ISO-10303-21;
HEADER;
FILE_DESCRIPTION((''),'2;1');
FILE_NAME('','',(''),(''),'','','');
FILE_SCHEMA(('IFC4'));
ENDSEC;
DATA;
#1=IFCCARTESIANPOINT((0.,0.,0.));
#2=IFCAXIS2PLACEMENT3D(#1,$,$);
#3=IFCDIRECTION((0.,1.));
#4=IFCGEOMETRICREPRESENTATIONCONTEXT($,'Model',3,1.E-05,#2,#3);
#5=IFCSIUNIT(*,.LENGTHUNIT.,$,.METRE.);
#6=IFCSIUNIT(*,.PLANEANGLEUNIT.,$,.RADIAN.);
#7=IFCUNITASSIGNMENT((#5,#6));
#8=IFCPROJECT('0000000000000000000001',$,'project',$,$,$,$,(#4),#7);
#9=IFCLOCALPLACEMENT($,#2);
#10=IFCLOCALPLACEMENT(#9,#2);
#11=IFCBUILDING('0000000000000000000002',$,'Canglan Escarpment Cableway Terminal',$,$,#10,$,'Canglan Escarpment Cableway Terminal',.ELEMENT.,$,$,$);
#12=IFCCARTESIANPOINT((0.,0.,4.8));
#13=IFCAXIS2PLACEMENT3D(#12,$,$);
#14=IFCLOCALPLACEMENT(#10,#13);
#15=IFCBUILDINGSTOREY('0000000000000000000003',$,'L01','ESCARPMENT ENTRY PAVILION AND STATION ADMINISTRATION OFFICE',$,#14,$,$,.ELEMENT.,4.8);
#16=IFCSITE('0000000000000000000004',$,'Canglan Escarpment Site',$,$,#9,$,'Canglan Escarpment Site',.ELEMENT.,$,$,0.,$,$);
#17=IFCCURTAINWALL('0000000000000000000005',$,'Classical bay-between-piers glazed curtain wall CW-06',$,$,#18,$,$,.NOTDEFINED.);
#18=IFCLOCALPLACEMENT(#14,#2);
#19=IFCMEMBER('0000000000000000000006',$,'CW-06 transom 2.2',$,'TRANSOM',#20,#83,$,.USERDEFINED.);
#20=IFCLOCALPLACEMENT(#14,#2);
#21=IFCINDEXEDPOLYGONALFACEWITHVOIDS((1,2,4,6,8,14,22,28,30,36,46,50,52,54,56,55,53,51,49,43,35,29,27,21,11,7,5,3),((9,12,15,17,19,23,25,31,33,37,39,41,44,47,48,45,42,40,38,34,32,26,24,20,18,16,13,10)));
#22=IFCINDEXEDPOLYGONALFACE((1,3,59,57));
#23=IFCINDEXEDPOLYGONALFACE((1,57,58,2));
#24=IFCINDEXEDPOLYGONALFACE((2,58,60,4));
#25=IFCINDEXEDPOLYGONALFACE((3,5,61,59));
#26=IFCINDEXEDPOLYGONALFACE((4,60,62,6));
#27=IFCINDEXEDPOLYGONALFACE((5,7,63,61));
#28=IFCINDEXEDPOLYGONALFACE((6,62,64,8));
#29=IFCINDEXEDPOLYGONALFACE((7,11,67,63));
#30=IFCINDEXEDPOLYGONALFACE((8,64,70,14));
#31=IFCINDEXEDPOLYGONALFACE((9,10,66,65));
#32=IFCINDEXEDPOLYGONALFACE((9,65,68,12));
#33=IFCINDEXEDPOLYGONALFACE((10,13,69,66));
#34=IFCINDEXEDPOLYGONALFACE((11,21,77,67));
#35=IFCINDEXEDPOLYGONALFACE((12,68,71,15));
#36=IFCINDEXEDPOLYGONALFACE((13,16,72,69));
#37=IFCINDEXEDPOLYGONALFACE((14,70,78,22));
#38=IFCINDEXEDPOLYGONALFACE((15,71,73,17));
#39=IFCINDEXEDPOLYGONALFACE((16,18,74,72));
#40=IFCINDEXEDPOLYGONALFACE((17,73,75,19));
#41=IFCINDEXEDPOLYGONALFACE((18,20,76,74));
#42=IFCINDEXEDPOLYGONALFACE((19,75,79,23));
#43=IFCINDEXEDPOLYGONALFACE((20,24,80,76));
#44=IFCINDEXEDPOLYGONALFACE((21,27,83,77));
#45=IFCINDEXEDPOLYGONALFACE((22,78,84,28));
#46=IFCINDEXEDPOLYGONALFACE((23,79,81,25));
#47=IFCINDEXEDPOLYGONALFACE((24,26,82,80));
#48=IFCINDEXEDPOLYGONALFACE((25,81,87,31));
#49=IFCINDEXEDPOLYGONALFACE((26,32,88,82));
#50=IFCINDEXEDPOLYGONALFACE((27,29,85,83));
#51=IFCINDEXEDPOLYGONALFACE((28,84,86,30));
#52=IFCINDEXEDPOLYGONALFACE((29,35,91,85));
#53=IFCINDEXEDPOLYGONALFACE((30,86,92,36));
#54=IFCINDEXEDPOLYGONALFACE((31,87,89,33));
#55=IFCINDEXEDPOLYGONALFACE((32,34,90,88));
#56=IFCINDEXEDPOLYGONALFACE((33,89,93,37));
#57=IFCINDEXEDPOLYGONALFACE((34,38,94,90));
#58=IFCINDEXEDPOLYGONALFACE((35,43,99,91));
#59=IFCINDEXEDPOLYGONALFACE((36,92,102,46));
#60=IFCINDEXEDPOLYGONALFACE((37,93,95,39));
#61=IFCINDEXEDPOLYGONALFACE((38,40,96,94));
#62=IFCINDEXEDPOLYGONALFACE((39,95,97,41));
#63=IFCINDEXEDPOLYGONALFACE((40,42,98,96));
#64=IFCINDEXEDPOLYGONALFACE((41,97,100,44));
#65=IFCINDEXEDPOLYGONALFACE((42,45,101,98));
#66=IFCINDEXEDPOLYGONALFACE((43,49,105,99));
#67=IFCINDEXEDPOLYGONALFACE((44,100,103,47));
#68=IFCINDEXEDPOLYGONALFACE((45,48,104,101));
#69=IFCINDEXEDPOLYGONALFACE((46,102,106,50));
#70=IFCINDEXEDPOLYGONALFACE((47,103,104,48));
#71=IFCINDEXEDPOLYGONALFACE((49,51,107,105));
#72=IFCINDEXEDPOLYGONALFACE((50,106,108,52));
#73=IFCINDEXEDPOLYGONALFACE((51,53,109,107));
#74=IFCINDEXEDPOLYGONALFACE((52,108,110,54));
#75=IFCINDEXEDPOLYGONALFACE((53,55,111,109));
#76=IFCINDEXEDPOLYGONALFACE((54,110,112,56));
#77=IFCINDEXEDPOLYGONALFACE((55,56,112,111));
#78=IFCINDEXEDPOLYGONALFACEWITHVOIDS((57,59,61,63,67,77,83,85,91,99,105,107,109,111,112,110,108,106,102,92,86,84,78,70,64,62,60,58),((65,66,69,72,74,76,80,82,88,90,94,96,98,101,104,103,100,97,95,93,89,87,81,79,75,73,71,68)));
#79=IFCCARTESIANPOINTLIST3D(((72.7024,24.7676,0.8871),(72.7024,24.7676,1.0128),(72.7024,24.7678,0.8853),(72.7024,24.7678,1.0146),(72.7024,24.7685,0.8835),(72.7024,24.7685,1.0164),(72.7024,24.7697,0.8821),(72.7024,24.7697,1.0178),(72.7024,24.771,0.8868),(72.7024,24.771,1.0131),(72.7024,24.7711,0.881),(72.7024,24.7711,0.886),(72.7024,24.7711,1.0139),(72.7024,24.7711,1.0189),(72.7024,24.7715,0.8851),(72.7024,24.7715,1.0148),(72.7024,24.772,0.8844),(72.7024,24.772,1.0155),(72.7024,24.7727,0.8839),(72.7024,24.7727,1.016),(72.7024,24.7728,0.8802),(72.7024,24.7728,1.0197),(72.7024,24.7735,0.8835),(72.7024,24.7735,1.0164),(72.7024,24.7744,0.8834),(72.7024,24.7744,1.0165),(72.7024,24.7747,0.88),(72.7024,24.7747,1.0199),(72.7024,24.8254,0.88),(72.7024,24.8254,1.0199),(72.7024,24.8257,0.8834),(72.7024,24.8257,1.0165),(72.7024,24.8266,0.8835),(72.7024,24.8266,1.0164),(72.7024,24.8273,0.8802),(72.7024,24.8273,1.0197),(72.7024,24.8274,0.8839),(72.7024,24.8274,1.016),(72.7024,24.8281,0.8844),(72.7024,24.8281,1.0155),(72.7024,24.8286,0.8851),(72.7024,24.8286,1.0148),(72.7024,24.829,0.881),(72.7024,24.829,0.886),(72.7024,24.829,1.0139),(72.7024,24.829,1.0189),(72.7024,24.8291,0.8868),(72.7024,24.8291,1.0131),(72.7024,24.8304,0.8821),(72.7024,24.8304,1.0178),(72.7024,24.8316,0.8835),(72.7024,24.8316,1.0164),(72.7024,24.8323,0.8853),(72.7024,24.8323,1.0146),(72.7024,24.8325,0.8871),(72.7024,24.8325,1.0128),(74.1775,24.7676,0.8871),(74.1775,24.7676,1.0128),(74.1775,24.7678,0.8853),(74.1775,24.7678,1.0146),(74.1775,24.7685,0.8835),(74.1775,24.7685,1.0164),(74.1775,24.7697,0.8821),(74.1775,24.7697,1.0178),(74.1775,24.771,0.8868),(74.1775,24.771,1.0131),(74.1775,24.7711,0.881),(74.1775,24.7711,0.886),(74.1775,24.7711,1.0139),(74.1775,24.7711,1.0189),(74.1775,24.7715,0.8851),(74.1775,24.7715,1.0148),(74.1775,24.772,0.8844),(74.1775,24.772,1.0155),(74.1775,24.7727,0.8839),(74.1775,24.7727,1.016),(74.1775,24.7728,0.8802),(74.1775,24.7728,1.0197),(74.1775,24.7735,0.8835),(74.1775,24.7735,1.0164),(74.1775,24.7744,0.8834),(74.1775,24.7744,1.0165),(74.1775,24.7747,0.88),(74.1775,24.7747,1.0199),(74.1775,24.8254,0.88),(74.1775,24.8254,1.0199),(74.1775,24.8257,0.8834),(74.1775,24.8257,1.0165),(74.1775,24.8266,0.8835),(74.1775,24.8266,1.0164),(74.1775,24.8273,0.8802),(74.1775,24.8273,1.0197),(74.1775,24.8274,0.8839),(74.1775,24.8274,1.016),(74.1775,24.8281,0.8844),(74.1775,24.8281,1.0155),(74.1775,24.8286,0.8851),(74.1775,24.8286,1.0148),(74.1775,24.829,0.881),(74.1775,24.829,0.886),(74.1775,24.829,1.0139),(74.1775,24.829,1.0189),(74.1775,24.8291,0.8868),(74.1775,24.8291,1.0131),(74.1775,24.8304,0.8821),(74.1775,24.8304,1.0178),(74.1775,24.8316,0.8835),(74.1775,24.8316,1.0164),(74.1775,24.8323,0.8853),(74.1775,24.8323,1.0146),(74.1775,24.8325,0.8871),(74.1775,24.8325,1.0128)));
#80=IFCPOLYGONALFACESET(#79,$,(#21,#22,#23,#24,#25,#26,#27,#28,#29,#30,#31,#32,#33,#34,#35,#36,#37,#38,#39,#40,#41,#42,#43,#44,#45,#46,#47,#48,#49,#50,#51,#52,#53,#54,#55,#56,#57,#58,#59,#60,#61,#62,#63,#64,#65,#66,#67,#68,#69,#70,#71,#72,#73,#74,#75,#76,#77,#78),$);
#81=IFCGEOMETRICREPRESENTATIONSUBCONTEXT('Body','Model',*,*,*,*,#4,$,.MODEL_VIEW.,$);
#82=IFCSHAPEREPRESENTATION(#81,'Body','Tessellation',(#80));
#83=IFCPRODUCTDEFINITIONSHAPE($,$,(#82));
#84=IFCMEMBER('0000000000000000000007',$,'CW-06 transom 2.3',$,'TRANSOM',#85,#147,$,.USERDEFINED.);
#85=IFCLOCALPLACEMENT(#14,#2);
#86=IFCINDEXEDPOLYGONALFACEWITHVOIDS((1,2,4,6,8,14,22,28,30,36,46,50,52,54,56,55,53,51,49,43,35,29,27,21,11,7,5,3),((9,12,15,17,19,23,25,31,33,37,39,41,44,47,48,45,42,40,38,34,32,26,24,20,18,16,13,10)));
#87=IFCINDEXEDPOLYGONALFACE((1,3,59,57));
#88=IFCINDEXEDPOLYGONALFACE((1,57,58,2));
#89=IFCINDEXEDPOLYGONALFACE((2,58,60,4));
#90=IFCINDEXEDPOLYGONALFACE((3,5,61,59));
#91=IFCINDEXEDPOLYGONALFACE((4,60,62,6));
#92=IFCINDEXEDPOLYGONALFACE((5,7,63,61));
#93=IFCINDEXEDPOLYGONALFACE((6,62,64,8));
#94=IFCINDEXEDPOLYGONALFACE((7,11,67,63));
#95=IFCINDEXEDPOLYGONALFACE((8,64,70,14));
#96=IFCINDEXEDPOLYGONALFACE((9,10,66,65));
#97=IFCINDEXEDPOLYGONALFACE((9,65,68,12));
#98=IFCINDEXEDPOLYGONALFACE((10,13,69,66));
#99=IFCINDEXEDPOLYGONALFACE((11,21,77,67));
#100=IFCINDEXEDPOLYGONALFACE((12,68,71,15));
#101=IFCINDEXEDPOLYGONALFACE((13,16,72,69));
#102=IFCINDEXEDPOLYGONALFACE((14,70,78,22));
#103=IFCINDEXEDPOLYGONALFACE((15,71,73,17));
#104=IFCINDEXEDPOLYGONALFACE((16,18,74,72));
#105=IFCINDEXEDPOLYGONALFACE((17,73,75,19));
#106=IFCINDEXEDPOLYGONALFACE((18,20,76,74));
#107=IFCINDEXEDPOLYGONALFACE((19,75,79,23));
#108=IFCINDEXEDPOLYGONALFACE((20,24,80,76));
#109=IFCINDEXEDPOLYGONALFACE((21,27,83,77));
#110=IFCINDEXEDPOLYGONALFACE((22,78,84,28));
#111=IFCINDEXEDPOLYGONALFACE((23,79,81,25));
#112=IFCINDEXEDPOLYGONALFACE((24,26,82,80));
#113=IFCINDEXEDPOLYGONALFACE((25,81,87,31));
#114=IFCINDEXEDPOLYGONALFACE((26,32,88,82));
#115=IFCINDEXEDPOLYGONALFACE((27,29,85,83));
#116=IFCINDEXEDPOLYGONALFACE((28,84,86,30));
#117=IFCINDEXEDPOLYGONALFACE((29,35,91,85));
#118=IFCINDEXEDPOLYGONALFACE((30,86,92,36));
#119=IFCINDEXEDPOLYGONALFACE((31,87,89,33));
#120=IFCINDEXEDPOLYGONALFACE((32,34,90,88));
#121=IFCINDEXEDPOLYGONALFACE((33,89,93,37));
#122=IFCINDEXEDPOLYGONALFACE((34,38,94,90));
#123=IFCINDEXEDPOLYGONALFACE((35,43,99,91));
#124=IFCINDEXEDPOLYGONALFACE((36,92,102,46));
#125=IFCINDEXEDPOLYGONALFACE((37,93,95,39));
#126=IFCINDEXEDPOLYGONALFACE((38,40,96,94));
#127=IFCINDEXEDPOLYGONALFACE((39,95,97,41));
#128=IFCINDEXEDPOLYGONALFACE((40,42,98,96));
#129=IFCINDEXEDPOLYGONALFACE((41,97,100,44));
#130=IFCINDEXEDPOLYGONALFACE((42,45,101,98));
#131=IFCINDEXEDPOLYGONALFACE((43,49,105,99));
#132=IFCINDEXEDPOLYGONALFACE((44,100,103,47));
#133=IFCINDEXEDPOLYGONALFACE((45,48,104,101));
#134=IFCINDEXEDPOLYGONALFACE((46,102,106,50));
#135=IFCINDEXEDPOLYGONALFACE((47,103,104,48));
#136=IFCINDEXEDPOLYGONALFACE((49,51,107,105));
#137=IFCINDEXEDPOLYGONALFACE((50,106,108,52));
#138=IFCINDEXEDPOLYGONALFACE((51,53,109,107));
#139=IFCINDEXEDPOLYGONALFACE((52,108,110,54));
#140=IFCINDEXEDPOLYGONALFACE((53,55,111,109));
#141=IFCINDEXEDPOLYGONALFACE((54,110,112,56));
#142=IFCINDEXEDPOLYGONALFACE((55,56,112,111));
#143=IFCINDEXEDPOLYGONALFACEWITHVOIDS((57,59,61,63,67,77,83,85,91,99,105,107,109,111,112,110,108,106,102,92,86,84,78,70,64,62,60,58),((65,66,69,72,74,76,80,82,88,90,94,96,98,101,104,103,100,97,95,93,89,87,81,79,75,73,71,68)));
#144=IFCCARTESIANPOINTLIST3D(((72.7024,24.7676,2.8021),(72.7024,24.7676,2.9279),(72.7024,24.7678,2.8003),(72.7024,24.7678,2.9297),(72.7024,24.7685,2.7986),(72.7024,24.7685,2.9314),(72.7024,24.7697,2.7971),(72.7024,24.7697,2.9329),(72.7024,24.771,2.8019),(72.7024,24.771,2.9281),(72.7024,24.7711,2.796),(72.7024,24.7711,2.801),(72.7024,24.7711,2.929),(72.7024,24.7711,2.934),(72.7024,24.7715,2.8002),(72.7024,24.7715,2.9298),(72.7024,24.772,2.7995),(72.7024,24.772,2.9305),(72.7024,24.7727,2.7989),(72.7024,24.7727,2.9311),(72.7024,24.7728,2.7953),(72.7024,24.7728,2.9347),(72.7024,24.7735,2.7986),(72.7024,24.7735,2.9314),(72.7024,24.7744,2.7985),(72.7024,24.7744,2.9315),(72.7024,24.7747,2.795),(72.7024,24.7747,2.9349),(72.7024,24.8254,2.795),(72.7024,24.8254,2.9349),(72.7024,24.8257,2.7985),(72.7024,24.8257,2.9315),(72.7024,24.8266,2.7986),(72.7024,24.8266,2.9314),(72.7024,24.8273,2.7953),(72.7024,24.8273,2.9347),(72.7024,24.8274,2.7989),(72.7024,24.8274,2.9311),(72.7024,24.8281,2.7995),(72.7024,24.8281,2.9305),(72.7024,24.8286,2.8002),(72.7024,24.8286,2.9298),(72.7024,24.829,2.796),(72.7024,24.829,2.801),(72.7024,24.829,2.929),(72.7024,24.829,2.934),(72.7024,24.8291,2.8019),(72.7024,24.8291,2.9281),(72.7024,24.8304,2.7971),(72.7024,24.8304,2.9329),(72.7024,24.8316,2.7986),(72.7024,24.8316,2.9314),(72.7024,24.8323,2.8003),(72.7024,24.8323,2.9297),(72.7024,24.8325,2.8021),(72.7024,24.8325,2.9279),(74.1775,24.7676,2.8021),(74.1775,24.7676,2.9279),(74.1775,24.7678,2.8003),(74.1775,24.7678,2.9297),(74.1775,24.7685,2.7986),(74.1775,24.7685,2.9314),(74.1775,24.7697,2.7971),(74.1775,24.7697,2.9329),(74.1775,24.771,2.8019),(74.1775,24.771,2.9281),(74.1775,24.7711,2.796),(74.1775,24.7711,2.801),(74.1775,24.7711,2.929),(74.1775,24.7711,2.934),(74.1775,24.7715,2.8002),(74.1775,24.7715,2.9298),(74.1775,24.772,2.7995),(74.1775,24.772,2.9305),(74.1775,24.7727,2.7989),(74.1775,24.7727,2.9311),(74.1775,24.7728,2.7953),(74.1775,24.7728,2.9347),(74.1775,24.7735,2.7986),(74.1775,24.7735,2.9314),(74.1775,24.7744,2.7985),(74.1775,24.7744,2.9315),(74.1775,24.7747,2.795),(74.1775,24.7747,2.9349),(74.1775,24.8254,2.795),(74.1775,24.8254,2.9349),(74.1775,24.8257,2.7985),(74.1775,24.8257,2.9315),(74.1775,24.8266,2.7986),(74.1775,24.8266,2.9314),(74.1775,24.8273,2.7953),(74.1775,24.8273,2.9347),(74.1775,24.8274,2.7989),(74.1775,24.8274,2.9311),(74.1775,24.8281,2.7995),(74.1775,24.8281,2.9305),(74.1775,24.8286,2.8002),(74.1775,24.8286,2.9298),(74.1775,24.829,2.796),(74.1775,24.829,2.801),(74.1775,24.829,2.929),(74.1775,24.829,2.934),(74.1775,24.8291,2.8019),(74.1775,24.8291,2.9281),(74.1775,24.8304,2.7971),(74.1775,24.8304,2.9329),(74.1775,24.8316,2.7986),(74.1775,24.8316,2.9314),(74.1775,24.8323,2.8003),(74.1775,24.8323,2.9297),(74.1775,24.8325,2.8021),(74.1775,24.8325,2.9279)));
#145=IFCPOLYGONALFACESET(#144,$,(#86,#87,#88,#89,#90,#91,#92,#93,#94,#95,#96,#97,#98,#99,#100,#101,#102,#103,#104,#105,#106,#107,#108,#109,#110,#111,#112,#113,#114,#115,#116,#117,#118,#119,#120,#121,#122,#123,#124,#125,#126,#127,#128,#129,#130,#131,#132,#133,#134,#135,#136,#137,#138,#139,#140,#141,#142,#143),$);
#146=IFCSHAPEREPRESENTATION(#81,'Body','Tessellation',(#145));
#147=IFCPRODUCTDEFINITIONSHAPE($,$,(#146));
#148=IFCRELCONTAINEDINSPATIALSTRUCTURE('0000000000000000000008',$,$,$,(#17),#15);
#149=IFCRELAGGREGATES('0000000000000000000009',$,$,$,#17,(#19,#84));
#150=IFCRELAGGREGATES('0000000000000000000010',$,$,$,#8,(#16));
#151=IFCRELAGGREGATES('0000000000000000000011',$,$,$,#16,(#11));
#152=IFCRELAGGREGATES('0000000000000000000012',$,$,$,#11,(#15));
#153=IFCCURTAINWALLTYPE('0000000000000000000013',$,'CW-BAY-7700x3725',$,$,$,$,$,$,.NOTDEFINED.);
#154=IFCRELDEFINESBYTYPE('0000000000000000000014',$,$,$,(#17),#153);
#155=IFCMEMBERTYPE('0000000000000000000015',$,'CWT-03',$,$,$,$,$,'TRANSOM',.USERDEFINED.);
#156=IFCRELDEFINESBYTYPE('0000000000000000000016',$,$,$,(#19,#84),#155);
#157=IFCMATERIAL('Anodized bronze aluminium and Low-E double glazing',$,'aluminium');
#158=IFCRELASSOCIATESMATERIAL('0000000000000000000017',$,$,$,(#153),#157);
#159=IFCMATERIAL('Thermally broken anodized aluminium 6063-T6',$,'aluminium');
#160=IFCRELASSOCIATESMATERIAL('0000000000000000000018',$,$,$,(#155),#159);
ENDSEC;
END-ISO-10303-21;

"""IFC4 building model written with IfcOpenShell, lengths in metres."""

from ifc_helpers import new_model, si_unit, direction, frame, origin, origin_2d, place, context, subcontext, project, spatial, hollow_rectangle, extrude, material, material_profile, profile_set, type_object, element, aggregate, save


model = new_model("IFC4")

# Units and contexts
model_context = context("Model", 3, precision=1e-05, world=origin(), true_north=direction((0.0, 1.0)))
body_context = subcontext(model_context, "Body", "Model", "MODEL_VIEW")
ifc_project = project(units=[si_unit("LENGTHUNIT", "METRE"), si_unit("PLANEANGLEUNIT", "RADIAN")], contexts=[model_context])

# Site, building, storey
site_placement = place(None, origin())
site = spatial("IfcSite", under=ifc_project, at=site_placement, Name="Canglan Escarpment Site", LongName="Canglan Escarpment Site", CompositionType="ELEMENT", RefElevation=0.0)
building_placement = place(site_placement, origin())
building = spatial("IfcBuilding", under=site, at=building_placement, Name="Canglan Escarpment Cableway Terminal", LongName="Canglan Escarpment Cableway Terminal", CompositionType="ELEMENT")
storey_placement = place(building_placement, frame((0.0, 0.0, 4.8)))
storey = spatial("IfcBuildingStorey", under=building, at=storey_placement, Name="L01", Description="ESCARPMENT ENTRY PAVILION AND STATION ADMINISTRATION OFFICE", CompositionType="ELEMENT", Elevation=4.8)

# Curtain wall, members
ifc_material_1 = material(Name="Anodized bronze aluminium and Low-E double glazing", Category="aluminium")
curtain_wall_type = type_object("IfcCurtainWallType", Name="CW-BAY-7700x3725", PredefinedType="NOTDEFINED", material=ifc_material_1)
curtain_wall_placement = place(storey_placement, origin())
curtain_wall = element("IfcCurtainWall", 1, at=curtain_wall_placement, inside=storey, type_object=curtain_wall_type, Name="Classical bay-between-piers glazed curtain wall CW-06", PredefinedType="NOTDEFINED")
ifc_material_2 = material(Name="Thermally broken anodized aluminium 6063-T6", Category="aluminium")
ifc_material_profile_1 = material_profile(ifc_material_2, hollow_rectangle(XDim=0.0649, YDim=0.1399, WallThickness=0.0034, InnerFilletRadius=0.0034, OuterFilletRadius=0.0071, at=origin_2d()), Name="ALU-TRAN 65x140x3.5")
ifc_profile_set_1 = profile_set([ifc_material_profile_1], Name="Thermally broken anodized aluminium 6063-T6")
member_type_1 = type_object("IfcMemberType", Name="CWT-03", ElementType="TRANSOM", PredefinedType="USERDEFINED", material=ifc_profile_set_1)
member_1_placement = place(storey_placement, frame((74.1775, 24.8, 0.95), z_axis=(-1.0, 0.0, 0.0), x_axis=(0.0, -1.0, 0.0)))
member_1 = element("IfcMember", 2, at=member_1_placement, type_object=member_type_1, Name="CW-06 transom 2.2", ObjectType="TRANSOM", PredefinedType="USERDEFINED", context=body_context, shape_type="SweptSolid", body=[
    extrude(hollow_rectangle(XDim=0.0649, YDim=0.1399, WallThickness=0.0034, InnerFilletRadius=0.0034, OuterFilletRadius=0.0071, at=origin_2d()), origin(), (0.0, 0.0, 1.0), 1.4751),
])
member_2_placement = place(storey_placement, frame((74.1775, 24.8, 2.865), z_axis=(-1.0, 0.0, 0.0), x_axis=(0.0, -1.0, 0.0)))
member_2 = element("IfcMember", 3, at=member_2_placement, type_object=member_type_1, Name="CW-06 transom 2.3", ObjectType="TRANSOM", PredefinedType="USERDEFINED", context=body_context, shape_type="SweptSolid", body=[
    extrude(hollow_rectangle(XDim=0.0649, YDim=0.1399, WallThickness=0.0034, InnerFilletRadius=0.0034, OuterFilletRadius=0.0071, at=origin_2d()), origin(), (0.0, 0.0, 1.0), 1.4751),
])
aggregate(curtain_wall, [member_1, member_2])

save(model, "model.ifc")
